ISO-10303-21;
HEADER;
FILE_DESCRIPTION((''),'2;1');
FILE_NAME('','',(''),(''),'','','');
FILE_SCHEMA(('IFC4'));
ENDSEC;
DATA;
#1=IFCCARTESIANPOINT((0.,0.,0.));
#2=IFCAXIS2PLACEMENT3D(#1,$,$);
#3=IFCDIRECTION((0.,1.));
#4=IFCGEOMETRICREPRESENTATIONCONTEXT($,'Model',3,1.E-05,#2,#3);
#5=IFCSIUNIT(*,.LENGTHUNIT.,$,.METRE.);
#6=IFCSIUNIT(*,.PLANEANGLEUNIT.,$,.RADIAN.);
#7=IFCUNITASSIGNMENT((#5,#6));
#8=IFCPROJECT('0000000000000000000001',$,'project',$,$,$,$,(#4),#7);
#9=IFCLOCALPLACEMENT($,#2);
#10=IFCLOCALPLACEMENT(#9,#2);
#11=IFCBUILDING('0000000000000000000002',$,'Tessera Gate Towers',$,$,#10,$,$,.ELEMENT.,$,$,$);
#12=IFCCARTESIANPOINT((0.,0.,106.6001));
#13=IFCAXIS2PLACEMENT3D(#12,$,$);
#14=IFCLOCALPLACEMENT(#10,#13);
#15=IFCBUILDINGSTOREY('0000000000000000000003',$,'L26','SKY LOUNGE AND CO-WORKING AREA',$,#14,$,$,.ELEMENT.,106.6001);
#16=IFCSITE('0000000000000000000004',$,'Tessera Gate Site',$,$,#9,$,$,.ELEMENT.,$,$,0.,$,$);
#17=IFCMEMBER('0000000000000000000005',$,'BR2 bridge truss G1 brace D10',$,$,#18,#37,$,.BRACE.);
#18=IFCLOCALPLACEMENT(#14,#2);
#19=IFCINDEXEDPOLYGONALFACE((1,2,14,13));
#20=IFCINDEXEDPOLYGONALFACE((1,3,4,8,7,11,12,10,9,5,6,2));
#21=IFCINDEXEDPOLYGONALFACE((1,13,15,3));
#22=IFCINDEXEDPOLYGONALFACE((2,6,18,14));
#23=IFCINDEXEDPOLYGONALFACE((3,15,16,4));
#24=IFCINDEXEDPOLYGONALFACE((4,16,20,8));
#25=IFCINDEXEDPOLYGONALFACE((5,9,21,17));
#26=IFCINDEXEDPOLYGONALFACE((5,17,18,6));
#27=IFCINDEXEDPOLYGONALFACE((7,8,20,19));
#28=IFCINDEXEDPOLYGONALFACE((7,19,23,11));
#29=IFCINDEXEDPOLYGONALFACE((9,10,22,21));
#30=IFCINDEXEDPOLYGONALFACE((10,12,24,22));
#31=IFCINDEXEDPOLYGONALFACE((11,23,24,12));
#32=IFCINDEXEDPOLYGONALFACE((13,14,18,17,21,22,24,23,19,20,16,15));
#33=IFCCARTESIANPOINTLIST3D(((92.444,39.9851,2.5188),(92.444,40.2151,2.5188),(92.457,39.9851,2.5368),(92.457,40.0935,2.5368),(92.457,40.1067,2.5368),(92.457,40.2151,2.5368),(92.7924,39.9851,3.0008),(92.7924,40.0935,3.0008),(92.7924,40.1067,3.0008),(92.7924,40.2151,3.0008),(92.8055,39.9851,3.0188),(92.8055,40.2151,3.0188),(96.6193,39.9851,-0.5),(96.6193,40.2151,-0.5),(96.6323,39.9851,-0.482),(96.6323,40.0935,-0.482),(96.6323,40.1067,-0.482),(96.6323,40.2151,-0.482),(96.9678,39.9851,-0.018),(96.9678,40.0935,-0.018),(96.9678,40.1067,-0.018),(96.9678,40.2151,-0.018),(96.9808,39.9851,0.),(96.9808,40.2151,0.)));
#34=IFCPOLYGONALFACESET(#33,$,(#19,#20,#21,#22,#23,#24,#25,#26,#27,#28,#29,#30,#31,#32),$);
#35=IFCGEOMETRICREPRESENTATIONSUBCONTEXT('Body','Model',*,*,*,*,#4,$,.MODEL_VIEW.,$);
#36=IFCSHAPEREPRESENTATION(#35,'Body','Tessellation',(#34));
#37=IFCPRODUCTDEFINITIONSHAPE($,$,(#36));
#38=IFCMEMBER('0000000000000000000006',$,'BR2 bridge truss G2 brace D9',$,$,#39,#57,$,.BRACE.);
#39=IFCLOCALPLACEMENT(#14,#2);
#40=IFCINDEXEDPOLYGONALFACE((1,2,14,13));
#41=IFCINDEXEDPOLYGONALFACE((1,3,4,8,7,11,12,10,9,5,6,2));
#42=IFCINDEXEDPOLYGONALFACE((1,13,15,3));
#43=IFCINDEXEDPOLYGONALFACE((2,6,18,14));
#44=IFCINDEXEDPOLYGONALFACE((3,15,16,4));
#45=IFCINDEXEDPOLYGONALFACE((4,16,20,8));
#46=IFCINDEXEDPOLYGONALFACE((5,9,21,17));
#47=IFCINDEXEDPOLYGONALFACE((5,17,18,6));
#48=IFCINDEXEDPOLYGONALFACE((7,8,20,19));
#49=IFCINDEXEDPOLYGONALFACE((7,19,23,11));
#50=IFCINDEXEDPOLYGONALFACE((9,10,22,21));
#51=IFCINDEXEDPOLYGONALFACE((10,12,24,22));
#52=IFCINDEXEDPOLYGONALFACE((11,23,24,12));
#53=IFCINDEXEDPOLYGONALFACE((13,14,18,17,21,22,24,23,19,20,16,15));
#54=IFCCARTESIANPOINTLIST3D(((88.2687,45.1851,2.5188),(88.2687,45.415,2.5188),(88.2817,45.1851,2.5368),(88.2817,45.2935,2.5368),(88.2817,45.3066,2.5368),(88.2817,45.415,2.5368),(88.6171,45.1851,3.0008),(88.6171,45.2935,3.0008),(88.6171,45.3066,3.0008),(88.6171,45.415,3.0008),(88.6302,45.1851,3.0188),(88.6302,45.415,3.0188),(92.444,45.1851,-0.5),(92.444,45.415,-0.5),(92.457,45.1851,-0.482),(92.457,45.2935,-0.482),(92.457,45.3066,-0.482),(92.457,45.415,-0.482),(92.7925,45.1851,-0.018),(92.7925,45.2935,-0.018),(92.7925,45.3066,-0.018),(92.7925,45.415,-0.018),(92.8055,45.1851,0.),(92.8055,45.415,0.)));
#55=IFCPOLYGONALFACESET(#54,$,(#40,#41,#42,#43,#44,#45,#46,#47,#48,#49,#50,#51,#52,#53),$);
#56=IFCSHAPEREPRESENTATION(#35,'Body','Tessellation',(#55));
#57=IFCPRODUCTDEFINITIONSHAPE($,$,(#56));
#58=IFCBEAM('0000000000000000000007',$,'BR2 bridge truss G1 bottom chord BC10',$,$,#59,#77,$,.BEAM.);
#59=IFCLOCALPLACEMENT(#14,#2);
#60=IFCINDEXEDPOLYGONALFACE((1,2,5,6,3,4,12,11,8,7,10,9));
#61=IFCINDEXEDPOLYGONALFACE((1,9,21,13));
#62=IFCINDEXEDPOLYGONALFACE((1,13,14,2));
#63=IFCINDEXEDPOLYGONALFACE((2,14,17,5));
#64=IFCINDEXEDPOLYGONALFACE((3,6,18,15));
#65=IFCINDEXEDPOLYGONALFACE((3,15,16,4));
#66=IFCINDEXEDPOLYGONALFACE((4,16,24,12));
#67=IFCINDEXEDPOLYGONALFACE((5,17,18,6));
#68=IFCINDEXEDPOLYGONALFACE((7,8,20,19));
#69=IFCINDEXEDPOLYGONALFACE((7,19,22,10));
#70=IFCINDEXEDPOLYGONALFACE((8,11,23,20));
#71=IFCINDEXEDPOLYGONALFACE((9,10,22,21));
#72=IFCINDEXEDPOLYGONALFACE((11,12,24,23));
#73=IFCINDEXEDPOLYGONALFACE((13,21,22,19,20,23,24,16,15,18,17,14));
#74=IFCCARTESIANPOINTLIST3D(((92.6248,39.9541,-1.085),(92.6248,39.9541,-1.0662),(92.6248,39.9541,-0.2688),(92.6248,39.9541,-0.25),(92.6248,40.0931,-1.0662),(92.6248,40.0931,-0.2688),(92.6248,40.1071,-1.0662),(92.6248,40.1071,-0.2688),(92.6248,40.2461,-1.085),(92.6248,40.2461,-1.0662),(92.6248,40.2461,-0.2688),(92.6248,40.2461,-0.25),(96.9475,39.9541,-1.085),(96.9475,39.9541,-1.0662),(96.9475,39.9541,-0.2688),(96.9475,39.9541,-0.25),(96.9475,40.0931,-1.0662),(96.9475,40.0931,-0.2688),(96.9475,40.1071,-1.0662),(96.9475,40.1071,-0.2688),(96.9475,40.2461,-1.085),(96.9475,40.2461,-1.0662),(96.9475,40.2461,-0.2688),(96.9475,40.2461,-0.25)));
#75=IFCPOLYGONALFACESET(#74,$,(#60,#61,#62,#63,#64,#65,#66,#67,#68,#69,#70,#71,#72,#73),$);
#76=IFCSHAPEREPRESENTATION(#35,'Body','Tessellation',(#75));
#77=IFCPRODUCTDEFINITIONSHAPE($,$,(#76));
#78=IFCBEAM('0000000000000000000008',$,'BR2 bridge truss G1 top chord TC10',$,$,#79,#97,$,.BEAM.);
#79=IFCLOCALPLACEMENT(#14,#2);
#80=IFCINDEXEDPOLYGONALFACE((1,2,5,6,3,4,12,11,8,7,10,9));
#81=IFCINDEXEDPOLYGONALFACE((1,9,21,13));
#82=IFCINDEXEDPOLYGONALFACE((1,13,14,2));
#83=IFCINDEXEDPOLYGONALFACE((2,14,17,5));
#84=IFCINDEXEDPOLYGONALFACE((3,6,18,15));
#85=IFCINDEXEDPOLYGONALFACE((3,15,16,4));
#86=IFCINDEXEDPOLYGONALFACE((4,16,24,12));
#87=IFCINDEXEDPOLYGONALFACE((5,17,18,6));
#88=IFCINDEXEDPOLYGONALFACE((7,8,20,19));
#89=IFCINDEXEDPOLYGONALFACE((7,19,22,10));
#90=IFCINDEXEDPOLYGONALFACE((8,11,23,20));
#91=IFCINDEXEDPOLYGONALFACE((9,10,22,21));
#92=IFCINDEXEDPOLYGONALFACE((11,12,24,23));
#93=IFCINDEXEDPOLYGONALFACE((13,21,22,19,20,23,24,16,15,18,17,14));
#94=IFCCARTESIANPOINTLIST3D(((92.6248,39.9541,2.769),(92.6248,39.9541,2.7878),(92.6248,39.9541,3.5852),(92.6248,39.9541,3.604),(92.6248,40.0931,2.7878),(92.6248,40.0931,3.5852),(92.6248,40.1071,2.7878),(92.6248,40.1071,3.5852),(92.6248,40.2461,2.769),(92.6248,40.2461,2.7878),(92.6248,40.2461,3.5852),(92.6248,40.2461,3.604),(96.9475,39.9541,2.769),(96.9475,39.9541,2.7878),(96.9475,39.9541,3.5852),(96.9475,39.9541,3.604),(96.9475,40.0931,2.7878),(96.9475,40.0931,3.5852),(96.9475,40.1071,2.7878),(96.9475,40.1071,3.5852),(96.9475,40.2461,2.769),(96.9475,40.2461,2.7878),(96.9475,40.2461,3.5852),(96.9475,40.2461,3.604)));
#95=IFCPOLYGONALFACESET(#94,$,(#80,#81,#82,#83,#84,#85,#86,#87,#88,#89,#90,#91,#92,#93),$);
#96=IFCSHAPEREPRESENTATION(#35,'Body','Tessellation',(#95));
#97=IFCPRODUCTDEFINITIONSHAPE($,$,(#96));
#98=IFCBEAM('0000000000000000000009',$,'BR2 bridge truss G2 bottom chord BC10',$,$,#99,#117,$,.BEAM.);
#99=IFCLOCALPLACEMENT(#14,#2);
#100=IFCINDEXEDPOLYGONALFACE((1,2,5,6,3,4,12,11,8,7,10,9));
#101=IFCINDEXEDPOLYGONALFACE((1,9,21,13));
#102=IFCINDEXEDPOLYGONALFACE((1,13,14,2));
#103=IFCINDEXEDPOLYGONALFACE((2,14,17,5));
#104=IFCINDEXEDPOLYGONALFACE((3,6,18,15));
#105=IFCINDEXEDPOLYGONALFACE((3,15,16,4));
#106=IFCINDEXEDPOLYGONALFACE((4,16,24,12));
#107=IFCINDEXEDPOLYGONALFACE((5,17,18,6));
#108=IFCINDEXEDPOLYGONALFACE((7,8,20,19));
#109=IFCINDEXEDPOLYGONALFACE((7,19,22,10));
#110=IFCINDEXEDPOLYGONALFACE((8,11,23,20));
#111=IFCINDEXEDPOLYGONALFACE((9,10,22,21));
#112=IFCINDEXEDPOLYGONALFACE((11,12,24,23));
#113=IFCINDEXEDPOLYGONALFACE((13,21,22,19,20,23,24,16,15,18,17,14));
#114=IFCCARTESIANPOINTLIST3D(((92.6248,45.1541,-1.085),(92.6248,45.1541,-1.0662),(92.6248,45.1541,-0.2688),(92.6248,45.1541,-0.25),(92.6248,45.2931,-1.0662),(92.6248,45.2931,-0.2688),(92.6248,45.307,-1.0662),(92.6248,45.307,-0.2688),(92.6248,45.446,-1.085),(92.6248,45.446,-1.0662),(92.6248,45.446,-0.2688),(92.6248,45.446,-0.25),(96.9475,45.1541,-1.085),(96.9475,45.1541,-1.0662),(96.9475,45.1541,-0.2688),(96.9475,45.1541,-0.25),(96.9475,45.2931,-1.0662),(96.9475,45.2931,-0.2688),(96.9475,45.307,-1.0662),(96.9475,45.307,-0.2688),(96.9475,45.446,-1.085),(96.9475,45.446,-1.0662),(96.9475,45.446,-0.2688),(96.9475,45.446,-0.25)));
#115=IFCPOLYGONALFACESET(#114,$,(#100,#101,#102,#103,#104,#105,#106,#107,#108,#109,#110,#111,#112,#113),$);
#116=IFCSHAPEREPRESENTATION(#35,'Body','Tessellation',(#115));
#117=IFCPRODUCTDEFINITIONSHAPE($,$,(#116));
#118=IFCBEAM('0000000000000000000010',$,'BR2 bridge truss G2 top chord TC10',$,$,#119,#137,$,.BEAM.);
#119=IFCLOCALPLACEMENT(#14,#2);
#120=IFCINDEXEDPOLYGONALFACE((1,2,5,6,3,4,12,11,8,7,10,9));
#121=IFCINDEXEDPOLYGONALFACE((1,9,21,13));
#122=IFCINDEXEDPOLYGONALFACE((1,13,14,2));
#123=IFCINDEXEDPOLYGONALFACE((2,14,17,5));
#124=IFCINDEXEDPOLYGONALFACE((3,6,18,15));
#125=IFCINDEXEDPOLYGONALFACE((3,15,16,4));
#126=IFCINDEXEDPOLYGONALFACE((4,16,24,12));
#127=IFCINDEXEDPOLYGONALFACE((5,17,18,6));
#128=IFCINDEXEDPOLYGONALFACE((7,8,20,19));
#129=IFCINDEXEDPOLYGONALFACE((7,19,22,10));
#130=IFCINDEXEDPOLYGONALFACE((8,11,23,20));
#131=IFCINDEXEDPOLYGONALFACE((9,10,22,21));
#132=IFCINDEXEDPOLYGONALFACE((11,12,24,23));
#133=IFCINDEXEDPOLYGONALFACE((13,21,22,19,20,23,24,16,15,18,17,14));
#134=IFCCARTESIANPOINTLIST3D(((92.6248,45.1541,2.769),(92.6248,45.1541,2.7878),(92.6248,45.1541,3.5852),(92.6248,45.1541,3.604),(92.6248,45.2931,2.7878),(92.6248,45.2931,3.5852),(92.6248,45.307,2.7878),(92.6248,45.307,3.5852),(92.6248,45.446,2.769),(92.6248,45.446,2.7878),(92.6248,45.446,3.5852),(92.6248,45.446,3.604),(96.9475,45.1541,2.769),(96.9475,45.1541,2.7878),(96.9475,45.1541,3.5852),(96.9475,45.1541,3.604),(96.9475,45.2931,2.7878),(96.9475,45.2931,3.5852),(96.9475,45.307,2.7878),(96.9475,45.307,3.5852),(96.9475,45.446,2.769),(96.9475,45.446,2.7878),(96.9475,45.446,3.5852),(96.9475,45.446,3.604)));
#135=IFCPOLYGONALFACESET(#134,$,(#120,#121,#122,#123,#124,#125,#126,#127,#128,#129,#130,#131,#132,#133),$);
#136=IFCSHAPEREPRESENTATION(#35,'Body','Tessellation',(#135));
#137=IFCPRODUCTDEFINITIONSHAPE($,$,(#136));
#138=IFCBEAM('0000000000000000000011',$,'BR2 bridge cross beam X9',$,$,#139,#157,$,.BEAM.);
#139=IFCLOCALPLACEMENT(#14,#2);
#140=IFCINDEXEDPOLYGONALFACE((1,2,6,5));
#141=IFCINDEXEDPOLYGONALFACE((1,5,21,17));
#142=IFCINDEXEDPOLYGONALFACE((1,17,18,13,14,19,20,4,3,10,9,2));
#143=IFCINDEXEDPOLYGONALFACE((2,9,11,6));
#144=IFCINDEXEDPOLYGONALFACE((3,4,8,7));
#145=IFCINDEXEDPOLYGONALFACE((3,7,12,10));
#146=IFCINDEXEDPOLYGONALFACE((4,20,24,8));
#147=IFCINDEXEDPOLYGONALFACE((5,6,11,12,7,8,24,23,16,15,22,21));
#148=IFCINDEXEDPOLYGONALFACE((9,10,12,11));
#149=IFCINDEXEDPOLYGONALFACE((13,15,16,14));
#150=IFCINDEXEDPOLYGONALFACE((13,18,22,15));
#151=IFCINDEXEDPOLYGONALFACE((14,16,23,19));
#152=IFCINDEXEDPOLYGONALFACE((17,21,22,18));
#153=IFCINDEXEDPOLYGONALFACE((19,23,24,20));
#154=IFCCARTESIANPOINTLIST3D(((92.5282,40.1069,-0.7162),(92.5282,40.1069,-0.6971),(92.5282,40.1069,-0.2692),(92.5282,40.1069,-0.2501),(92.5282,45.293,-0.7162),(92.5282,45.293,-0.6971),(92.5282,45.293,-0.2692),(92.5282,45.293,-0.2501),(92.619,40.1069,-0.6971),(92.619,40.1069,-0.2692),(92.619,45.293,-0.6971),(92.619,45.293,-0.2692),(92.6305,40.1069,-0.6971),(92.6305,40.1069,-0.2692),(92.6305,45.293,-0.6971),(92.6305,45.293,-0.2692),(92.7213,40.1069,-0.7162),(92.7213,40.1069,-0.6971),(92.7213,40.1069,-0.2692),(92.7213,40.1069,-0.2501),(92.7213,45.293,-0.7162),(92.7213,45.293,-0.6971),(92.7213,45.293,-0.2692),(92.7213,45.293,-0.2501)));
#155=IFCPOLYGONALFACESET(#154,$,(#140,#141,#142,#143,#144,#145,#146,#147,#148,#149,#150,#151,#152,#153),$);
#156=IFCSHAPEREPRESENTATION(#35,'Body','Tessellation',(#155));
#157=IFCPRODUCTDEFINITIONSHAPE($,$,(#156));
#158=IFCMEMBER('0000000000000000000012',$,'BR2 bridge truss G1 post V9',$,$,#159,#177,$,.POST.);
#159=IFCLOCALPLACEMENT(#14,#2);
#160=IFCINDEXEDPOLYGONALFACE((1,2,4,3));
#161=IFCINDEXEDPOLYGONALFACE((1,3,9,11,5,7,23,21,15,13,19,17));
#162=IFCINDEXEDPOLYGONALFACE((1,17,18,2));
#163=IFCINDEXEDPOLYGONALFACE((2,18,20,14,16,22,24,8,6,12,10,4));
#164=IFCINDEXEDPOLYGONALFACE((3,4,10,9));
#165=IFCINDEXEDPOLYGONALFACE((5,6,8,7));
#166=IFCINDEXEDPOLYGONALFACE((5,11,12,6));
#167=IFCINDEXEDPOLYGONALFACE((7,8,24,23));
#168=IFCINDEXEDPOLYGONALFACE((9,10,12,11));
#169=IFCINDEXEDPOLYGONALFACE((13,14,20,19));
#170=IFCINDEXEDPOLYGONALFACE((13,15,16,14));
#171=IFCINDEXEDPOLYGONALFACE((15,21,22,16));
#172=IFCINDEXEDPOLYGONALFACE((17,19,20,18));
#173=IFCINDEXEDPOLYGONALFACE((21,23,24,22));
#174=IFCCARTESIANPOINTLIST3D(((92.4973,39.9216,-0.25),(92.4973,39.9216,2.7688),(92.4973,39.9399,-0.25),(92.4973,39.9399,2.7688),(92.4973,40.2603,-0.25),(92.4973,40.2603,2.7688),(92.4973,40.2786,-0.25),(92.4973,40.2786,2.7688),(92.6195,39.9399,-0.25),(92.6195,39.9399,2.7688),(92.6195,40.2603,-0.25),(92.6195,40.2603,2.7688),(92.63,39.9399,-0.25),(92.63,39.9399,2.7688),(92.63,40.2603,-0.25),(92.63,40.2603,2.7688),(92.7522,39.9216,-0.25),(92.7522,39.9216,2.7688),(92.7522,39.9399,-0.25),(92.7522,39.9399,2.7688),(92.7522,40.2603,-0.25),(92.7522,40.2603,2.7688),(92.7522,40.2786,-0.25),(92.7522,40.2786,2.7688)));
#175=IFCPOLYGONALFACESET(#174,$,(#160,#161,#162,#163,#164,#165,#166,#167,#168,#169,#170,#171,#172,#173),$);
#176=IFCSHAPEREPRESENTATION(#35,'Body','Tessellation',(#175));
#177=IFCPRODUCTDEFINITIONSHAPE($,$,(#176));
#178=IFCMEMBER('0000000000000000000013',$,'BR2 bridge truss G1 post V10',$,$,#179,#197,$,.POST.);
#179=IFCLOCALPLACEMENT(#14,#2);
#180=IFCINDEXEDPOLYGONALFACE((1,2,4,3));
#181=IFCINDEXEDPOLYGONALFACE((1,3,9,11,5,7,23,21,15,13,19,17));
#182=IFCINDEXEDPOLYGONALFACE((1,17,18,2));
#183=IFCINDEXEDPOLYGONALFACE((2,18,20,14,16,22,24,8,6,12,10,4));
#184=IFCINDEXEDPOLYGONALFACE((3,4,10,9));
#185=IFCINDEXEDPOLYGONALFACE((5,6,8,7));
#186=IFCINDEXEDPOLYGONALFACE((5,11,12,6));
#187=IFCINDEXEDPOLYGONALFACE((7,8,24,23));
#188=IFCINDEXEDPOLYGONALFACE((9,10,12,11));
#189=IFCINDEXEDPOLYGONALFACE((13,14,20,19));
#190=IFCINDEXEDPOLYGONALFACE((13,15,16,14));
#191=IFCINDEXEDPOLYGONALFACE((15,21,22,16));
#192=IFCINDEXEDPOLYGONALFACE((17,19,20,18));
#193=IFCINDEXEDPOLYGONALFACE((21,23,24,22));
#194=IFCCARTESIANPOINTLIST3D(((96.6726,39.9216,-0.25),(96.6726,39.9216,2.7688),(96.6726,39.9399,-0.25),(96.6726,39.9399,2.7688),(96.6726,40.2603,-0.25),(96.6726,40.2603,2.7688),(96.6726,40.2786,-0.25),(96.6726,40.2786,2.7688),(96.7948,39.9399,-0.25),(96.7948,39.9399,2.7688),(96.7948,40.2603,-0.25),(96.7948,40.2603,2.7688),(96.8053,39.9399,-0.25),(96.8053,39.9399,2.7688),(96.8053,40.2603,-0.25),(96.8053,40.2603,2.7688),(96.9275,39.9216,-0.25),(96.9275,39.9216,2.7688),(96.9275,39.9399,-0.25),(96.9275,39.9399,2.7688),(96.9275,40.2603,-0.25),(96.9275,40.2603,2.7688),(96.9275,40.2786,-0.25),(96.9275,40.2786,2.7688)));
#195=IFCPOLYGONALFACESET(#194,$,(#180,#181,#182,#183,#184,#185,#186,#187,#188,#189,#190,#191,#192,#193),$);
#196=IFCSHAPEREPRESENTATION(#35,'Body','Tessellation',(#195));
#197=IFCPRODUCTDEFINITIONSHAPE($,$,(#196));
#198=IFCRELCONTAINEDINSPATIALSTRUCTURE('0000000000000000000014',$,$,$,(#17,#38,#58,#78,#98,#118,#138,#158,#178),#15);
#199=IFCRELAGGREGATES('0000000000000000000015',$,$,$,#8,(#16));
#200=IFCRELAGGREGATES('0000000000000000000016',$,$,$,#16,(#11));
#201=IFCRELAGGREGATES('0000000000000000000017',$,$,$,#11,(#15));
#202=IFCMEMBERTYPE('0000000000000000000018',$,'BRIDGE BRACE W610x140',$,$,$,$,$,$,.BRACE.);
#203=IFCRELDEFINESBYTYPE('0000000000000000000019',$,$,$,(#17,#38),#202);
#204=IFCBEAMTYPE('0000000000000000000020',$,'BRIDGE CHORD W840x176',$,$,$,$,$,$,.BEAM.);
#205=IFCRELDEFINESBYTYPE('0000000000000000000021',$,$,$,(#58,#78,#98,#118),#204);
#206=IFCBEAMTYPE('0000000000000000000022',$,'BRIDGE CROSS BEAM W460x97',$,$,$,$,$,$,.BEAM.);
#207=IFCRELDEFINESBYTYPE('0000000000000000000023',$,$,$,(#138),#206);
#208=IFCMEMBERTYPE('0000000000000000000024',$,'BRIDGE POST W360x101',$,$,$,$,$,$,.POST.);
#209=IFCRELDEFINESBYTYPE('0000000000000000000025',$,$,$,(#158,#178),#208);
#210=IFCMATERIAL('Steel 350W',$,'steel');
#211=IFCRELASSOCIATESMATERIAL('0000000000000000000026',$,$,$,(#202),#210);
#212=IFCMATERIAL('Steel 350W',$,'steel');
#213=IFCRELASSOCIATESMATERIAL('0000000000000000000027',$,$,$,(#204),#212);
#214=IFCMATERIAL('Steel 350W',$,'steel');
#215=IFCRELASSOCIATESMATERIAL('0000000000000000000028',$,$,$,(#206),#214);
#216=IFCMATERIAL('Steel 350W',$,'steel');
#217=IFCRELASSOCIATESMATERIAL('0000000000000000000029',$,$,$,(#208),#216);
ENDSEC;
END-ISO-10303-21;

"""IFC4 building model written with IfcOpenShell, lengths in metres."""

from ifc_helpers import new_model, si_unit, direction, frame, origin, origin_2d, place, context, subcontext, project, spatial, i_section, extrude, material, material_profile, profile_set, type_object, element, save


model = new_model("IFC4")

# Units and contexts
model_context = context("Model", 3, precision=1e-05, world=origin(), true_north=direction((0.0, 1.0)))
body_context = subcontext(model_context, "Body", "Model", "MODEL_VIEW")
ifc_project = project(units=[si_unit("LENGTHUNIT", "METRE"), si_unit("PLANEANGLEUNIT", "RADIAN")], contexts=[model_context])

# Site, building, storey
site_placement = place(None, origin())
site = spatial("IfcSite", under=ifc_project, at=site_placement, Name="Tessera Gate Site", CompositionType="ELEMENT", RefElevation=0.0)
building_placement = place(site_placement, origin())
building = spatial("IfcBuilding", under=site, at=building_placement, Name="Tessera Gate Towers", CompositionType="ELEMENT")
storey_placement = place(building_placement, frame((0.0, 0.0, 106.6001)))
storey = spatial("IfcBuildingStorey", under=building, at=storey_placement, Name="L26", Description="SKY LOUNGE AND CO-WORKING AREA", CompositionType="ELEMENT", Elevation=106.6001)

# Members
ifc_material_1 = material(Name="Steel 350W", Category="steel")
ifc_material_profile_1 = material_profile(ifc_material_1, i_section(OverallWidth=0.23, OverallDepth=0.6169, WebThickness=0.0132, FlangeThickness=0.0222, at=origin_2d()), Name="W610x140")
ifc_profile_set_1 = profile_set([ifc_material_profile_1], Name="Steel 350W")
member_type_1 = type_object("IfcMemberType", Name="BRIDGE BRACE W610x140", PredefinedType="BRACE", material=ifc_profile_set_1)
for number, where, z_axis, x_axis, name in (
    (1, (96.8, 40.1001, -0.25), (-0.810374, 0.0, 0.585913), (0.0, -1.0, 0.0), "BR2 bridge truss G1 brace D10"),
    (2, (92.6248, 45.3, -0.25), (-0.810374, 0.0, 0.585913), (0.0, -1.0, 0.0), "BR2 bridge truss G2 brace D9"),
):
    element("IfcMember", number, at=place(storey_placement, frame(where, z_axis=z_axis, x_axis=x_axis)), inside=storey, type_object=member_type_1, Name=name, PredefinedType="BRACE", context=body_context, shape_type="SweptSolid", body=[
        extrude(i_section(OverallWidth=0.23, OverallDepth=0.6169, WebThickness=0.0132, FlangeThickness=0.0222, at=origin_2d()), origin(), (0.0, 0.0, 1.0), 5.1523),
    ])

# Beams
ifc_material_2 = material(Name="Steel 350W", Category="steel")
ifc_material_profile_2 = material_profile(ifc_material_2, i_section(OverallWidth=0.292, OverallDepth=0.835, WebThickness=0.0139, FlangeThickness=0.0188, at=origin_2d()), Name="W840x176")
ifc_profile_set_2 = profile_set([ifc_material_profile_2], Name="Steel 350W")
beam_type_1 = type_object("IfcBeamType", Name="BRIDGE CHORD W840x176", PredefinedType="BEAM", material=ifc_profile_set_2)
for number, where, z_axis, x_axis, name in (
    (3, (92.6248, 40.1001, -0.6675), (1.0, 0.0, 0.0), (0.0, 1.0, 0.0), "BR2 bridge truss G1 bottom chord BC10"),
    (4, (92.6248, 40.1001, 3.1865), (1.0, 0.0, 0.0), (0.0, 1.0, 0.0), "BR2 bridge truss G1 top chord TC10"),
    (5, (92.6248, 45.3, -0.6675), (1.0, 0.0, 0.0), (0.0, 1.0, 0.0), "BR2 bridge truss G2 bottom chord BC10"),
    (6, (92.6248, 45.3, 3.1865), (1.0, 0.0, 0.0), (0.0, 1.0, 0.0), "BR2 bridge truss G2 top chord TC10"),
):
    element("IfcBeam", number, at=place(storey_placement, frame(where, z_axis=z_axis, x_axis=x_axis)), inside=storey, type_object=beam_type_1, Name=name, PredefinedType="BEAM", context=body_context, shape_type="SweptSolid", body=[
        extrude(i_section(OverallWidth=0.292, OverallDepth=0.835, WebThickness=0.0139, FlangeThickness=0.0188, at=origin_2d()), origin(), (0.0, 0.0, 1.0), 4.3228),
    ])
ifc_material_3 = material(Name="Steel 350W", Category="steel")
ifc_material_profile_3 = material_profile(ifc_material_3, i_section(OverallWidth=0.1931, OverallDepth=0.4661, WebThickness=0.0115, FlangeThickness=0.019, at=origin_2d()), Name="W460x97")
ifc_profile_set_3 = profile_set([ifc_material_profile_3], Name="Steel 350W")
beam_type_2 = type_object("IfcBeamType", Name="BRIDGE CROSS BEAM W460x97", PredefinedType="BEAM", material=ifc_profile_set_3)
beam_1_placement = place(storey_placement, frame((92.6248, 40.1069, -0.4832), z_axis=(0.0, 1.0, 0.0), x_axis=(-1.0, 0.0, 0.0)))
element("IfcBeam", 7, at=beam_1_placement, inside=storey, type_object=beam_type_2, Name="BR2 bridge cross beam X9", PredefinedType="BEAM", context=body_context, shape_type="SweptSolid", body=[
    extrude(i_section(OverallWidth=0.1931, OverallDepth=0.4661, WebThickness=0.0115, FlangeThickness=0.019, at=origin_2d()), origin(), (0.0, 0.0, 1.0), 5.186),
])

# Members
ifc_material_4 = material(Name="Steel 350W", Category="steel")
ifc_material_profile_4 = material_profile(ifc_material_4, i_section(OverallWidth=0.2549, OverallDepth=0.3569, WebThickness=0.0105, FlangeThickness=0.0183, at=origin_2d()), Name="W360x101")
ifc_profile_set_4 = profile_set([ifc_material_profile_4], Name="Steel 350W")
member_type_2 = type_object("IfcMemberType", Name="BRIDGE POST W360x101", PredefinedType="POST", material=ifc_profile_set_4)
for number, where, z_axis, x_axis, name in (
    (8, (92.6248, 40.1001, -0.25), (0.0, 0.0, 1.0), (1.0, 0.0, 0.0), "BR2 bridge truss G1 post V9"),
    (9, (96.8, 40.1001, -0.25), (0.0, 0.0, 1.0), (1.0, 0.0, 0.0), "BR2 bridge truss G1 post V10"),
):
    element("IfcMember", number, at=place(storey_placement, frame(where, z_axis=z_axis, x_axis=x_axis)), inside=storey, type_object=member_type_2, Name=name, PredefinedType="POST", context=body_context, shape_type="SweptSolid", body=[
        extrude(i_section(OverallWidth=0.2549, OverallDepth=0.3569, WebThickness=0.0105, FlangeThickness=0.0183, at=origin_2d()), origin(), (0.0, 0.0, 1.0), 3.0188),
    ])

save(model, "model.ifc")
